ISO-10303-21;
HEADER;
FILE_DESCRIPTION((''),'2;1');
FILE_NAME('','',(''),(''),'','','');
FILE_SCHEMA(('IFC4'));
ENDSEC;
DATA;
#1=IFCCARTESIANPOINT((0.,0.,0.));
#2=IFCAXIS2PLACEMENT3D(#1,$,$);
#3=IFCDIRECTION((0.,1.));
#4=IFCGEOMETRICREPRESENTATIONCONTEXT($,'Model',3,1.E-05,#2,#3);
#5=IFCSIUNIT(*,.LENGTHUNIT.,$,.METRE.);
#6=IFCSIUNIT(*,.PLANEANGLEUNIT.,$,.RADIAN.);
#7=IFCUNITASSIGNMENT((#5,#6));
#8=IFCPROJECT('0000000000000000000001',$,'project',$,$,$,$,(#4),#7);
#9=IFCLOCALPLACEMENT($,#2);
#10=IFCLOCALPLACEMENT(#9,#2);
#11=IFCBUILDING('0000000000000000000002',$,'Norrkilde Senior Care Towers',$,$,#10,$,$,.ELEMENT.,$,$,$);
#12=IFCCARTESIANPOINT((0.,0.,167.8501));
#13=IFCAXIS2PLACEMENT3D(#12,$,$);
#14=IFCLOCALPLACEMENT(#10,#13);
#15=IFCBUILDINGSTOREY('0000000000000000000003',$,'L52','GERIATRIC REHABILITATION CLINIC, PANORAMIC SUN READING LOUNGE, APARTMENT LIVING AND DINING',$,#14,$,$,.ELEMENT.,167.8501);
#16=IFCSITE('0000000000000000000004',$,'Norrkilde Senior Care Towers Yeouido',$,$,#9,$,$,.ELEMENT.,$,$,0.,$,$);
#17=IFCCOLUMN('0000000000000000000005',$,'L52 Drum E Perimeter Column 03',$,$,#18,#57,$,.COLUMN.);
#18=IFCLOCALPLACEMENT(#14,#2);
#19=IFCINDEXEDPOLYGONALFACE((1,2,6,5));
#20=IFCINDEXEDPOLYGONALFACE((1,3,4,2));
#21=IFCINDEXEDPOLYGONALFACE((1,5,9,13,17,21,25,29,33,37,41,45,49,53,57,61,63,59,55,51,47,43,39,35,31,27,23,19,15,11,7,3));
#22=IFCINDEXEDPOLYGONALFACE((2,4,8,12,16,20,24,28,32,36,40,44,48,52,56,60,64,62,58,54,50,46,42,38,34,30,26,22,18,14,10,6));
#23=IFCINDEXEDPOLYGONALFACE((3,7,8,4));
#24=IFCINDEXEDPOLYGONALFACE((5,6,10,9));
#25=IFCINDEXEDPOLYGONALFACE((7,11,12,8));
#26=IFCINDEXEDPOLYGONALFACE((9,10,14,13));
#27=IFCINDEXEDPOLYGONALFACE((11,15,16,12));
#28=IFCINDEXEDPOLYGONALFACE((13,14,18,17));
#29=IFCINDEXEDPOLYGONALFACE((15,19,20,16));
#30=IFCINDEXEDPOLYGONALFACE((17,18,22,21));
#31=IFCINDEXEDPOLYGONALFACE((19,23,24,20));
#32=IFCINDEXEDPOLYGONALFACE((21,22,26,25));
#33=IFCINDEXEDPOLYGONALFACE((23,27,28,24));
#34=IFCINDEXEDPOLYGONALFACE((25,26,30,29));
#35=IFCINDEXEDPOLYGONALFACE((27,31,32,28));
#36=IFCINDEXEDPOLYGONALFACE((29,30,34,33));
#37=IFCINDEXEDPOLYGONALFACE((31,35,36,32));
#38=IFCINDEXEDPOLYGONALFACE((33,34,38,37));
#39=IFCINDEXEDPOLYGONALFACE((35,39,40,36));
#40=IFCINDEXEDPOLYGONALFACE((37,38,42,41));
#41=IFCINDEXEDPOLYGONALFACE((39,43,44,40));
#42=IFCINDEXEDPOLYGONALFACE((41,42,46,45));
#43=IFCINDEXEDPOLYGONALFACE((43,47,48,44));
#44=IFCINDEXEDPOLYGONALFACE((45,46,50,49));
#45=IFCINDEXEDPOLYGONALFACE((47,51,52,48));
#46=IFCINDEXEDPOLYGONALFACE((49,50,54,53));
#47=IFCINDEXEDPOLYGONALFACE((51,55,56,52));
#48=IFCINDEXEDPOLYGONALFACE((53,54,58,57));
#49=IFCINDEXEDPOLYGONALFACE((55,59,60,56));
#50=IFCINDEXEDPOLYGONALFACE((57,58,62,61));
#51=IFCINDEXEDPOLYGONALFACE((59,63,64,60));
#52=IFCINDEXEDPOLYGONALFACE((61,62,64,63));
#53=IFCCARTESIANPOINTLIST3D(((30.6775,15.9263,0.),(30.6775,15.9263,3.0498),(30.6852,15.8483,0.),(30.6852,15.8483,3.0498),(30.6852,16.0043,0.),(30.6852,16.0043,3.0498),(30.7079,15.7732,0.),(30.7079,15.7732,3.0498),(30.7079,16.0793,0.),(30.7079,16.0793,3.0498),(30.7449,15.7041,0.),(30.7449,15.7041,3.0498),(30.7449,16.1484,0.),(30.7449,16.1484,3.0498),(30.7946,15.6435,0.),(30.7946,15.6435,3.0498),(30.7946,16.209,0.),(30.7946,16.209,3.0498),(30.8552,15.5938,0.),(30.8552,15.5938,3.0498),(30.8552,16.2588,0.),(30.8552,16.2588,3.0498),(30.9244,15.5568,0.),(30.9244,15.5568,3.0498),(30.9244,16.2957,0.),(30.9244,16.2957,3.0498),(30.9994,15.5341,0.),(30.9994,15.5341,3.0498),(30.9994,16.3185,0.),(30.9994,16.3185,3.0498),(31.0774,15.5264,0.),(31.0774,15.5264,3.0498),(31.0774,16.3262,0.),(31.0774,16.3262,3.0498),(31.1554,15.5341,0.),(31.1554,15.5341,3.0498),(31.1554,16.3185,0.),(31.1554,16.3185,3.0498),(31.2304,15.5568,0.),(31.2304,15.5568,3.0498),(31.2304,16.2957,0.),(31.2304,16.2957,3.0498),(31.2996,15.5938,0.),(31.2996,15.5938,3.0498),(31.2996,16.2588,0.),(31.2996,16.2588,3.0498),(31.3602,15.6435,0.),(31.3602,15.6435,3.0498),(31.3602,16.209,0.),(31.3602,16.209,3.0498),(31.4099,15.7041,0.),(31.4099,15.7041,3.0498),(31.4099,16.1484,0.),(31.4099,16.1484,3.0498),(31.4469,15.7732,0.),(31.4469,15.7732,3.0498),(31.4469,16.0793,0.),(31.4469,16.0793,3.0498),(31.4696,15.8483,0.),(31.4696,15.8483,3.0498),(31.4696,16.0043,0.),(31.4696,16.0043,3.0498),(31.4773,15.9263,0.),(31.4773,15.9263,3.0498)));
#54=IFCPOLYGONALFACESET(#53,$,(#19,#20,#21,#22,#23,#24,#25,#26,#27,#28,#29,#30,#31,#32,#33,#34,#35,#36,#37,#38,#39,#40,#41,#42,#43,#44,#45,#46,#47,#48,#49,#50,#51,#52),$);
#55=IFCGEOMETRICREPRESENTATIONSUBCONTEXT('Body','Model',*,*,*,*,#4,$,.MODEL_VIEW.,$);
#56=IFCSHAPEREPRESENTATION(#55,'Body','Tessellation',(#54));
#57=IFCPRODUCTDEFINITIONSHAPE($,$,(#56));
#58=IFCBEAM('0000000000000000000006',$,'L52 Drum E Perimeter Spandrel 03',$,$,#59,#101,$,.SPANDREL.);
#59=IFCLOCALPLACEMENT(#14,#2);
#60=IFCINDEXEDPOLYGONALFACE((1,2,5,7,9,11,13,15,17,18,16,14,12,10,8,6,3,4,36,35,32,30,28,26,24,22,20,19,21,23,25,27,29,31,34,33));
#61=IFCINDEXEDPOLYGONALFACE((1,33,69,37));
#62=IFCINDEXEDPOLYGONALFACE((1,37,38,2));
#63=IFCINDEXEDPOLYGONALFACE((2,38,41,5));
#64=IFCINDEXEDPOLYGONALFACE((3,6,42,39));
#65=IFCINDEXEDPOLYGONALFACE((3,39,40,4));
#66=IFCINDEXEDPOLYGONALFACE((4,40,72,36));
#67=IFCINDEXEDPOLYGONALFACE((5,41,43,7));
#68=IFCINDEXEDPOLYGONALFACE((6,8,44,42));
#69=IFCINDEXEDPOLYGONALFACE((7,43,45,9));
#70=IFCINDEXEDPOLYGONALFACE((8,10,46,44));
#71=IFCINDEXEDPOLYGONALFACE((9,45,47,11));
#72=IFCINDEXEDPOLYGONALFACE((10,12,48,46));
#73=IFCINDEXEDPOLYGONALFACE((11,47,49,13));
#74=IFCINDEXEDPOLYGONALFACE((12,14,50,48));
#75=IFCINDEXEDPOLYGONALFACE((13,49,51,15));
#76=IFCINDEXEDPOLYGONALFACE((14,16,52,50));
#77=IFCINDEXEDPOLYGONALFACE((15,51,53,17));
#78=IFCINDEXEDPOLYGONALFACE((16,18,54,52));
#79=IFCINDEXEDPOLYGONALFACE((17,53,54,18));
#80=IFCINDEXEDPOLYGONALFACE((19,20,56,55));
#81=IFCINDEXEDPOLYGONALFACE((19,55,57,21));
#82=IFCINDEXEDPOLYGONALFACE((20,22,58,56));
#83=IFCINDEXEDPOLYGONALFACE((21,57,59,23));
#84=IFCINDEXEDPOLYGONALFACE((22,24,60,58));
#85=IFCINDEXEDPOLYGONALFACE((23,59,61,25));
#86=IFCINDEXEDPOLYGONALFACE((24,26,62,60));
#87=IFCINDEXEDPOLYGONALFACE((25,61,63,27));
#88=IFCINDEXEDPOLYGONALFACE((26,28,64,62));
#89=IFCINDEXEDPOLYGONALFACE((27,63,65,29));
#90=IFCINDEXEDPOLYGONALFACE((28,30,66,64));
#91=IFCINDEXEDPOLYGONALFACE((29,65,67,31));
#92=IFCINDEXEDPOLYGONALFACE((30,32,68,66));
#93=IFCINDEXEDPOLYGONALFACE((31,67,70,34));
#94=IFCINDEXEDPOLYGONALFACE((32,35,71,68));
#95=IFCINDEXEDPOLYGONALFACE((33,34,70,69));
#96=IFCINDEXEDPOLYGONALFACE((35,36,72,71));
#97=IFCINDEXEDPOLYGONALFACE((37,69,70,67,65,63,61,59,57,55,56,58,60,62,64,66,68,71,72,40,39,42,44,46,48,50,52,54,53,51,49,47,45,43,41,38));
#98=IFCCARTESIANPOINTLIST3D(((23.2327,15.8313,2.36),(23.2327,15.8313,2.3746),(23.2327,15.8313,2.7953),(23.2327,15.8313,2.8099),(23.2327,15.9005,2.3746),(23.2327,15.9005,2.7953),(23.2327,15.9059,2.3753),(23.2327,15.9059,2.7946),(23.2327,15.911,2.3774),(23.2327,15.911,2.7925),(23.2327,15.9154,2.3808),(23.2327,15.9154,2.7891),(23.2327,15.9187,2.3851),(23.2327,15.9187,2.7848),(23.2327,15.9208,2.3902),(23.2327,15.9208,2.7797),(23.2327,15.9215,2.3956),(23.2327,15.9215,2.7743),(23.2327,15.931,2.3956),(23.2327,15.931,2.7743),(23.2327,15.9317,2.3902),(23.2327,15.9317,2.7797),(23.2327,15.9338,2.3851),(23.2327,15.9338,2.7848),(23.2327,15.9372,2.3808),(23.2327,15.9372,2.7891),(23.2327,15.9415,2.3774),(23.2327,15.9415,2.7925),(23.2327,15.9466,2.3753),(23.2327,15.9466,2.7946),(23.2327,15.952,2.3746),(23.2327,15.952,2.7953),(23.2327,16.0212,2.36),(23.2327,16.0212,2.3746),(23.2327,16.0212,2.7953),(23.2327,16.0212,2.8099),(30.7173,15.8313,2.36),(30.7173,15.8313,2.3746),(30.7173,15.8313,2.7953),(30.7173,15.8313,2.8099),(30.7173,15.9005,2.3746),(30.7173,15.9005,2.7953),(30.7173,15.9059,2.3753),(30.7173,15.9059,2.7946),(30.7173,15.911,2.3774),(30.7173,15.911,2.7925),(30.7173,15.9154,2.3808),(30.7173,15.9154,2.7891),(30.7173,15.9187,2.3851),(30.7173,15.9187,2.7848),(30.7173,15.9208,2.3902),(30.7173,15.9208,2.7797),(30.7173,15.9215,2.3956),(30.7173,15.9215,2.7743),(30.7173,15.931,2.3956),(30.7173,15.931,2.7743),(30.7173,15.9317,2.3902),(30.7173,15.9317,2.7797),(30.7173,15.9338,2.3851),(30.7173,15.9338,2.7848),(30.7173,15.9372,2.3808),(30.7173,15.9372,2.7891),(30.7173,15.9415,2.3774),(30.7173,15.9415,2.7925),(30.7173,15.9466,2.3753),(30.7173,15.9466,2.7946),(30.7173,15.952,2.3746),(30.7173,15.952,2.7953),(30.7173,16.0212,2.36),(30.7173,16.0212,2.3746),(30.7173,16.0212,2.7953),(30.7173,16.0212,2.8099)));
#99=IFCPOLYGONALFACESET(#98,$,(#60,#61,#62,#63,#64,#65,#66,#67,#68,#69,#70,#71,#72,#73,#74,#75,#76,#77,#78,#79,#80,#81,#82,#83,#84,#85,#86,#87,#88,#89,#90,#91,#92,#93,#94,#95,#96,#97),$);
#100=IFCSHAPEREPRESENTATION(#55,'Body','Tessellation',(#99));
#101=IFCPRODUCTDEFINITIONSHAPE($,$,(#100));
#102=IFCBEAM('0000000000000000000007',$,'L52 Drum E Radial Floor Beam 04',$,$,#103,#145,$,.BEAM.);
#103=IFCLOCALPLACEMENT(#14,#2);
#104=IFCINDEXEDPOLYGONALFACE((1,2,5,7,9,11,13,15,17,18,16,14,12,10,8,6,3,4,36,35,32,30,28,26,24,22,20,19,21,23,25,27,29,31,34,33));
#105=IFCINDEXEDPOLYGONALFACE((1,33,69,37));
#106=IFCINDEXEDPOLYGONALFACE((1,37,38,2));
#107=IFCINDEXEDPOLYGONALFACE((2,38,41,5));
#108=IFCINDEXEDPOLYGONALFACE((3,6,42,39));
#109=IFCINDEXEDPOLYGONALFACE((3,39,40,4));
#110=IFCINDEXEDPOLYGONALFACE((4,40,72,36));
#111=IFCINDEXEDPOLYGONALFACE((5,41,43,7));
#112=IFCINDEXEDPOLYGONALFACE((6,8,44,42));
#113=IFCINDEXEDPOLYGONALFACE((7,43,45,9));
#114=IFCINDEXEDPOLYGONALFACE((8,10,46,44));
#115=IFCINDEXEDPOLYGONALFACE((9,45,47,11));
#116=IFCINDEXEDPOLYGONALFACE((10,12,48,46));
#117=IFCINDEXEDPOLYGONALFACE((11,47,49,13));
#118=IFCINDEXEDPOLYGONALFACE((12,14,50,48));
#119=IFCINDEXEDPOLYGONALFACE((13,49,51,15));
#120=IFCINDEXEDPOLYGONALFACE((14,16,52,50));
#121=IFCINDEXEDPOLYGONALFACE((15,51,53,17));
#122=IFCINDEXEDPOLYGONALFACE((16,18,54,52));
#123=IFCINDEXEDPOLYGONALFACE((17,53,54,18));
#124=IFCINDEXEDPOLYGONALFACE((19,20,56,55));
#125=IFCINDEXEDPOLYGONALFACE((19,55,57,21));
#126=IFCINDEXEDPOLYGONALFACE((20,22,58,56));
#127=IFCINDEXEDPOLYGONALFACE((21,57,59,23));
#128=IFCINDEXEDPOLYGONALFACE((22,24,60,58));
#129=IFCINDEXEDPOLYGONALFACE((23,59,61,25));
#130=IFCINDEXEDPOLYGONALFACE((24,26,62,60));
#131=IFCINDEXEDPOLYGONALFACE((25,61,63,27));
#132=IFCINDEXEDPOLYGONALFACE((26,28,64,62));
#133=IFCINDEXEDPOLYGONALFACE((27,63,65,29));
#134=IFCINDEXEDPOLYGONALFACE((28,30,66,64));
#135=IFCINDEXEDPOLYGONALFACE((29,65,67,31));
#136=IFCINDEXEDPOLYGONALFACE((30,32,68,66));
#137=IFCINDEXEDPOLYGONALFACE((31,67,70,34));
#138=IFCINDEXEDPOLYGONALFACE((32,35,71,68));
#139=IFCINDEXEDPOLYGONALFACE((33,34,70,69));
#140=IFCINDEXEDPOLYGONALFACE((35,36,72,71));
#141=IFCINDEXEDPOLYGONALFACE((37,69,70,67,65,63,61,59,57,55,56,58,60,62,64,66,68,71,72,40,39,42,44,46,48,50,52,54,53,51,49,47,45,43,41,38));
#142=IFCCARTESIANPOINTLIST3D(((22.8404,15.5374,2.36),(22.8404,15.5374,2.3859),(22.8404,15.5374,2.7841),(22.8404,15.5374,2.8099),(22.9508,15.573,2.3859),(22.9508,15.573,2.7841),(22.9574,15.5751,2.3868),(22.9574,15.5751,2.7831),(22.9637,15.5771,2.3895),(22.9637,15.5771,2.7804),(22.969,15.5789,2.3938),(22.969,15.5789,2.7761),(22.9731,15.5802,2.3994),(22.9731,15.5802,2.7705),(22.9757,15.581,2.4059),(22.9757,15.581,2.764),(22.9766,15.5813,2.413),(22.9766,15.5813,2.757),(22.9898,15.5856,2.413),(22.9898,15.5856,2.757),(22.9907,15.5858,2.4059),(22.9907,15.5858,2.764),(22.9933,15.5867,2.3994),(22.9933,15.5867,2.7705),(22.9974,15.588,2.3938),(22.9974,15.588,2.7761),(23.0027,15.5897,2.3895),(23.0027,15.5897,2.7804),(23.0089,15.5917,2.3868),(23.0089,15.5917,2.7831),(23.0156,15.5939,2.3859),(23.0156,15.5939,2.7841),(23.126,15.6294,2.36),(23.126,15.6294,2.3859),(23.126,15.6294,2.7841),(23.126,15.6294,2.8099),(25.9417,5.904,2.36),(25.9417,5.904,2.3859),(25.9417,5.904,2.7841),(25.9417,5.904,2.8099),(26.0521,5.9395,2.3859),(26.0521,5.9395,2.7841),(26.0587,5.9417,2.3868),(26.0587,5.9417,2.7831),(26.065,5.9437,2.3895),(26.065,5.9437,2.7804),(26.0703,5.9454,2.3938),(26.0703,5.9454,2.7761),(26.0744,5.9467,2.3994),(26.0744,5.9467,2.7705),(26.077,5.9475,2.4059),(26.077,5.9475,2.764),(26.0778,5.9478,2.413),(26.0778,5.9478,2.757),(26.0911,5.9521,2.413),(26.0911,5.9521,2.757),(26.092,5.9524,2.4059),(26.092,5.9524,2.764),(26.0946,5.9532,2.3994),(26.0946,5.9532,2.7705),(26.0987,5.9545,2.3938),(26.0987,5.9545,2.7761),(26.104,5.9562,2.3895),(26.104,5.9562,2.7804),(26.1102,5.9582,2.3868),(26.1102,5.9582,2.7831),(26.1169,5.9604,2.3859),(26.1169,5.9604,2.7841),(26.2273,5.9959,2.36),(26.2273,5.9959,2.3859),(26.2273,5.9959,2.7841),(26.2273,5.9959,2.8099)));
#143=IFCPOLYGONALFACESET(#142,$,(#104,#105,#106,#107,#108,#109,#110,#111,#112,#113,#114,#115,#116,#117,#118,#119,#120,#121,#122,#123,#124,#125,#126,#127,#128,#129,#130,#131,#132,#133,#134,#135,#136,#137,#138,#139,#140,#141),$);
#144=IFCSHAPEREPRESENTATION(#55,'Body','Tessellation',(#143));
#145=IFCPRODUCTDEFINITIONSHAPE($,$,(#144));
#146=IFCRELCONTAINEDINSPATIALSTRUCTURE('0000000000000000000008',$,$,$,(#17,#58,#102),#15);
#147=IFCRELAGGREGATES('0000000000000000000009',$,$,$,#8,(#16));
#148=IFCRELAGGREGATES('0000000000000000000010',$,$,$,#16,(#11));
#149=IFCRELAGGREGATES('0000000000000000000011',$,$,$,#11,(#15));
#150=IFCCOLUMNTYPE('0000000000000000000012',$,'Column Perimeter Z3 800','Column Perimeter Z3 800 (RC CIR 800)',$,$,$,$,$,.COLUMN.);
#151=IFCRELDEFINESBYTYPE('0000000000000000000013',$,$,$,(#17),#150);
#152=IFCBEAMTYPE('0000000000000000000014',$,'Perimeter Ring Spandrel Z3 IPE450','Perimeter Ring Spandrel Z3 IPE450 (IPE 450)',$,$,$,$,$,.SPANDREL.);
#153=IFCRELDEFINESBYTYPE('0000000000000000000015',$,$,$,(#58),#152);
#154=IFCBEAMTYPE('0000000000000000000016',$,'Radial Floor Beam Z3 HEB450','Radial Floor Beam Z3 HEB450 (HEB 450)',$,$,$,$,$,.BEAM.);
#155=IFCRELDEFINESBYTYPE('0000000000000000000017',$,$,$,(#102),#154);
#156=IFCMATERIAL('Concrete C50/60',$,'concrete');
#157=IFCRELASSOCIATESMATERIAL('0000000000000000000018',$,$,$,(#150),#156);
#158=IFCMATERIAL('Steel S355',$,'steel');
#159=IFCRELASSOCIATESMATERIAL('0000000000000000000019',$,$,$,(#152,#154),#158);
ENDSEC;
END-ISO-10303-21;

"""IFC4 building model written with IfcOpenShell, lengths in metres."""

from ifc_helpers import new_model, si_unit, direction, frame, origin, origin_2d, place, context, subcontext, project, spatial, circle, i_section, extrude, source, transform, mapped, material, material_profile, profile_set, type_object, type_shapes, element, save


model = new_model("IFC4")

# Units and contexts
model_context = context("Model", 3, precision=1e-05, world=origin(), true_north=direction((0.0, 1.0)))
body_context = subcontext(model_context, "Body", "Model", "MODEL_VIEW")
ifc_project = project(units=[si_unit("LENGTHUNIT", "METRE"), si_unit("PLANEANGLEUNIT", "RADIAN")], contexts=[model_context])

# Site, building, storey
site_placement = place(None, origin())
site = spatial("IfcSite", under=ifc_project, at=site_placement, Name="Norrkilde Senior Care Towers Yeouido", CompositionType="ELEMENT", RefElevation=0.0)
building_placement = place(site_placement, origin())
building = spatial("IfcBuilding", under=site, at=building_placement, Name="Norrkilde Senior Care Towers", CompositionType="ELEMENT")
storey_placement = place(building_placement, frame((0.0, 0.0, 167.8501)))
storey = spatial("IfcBuildingStorey", under=building, at=storey_placement, Name="L52", Description="GERIATRIC REHABILITATION CLINIC, PANORAMIC SUN READING LOUNGE, APARTMENT LIVING AND DINING", CompositionType="ELEMENT", Elevation=167.8501)

# Column
ifc_material_1 = material(Name="Concrete C50/60", Category="concrete")
ifc_material_profile_1 = material_profile(ifc_material_1, circle(Radius=0.3999, at=origin_2d()), Name="RC CIR 800")
ifc_profile_set_1 = profile_set([ifc_material_profile_1], Name="Concrete C50/60")
column_type = type_object("IfcColumnType", Name="Column Perimeter Z3 800", Description="Column Perimeter Z3 800 (RC CIR 800)", PredefinedType="COLUMN", material=ifc_profile_set_1)
shared_shape_1 = source(origin(), body_context, "Body", "SweptSolid", [
    extrude(circle(Radius=0.3999, at=origin_2d()), origin(), (0.0, 0.0, 1.0), 3.0498),
])
type_shapes(column_type, [shared_shape_1])
column_placement = place(storey_placement, frame((31.0774, 15.9263, 0.0), z_axis=(0.0, 0.0, 1.0), x_axis=(1.0, 0.0, 0.0)))
element("IfcColumn", 1, at=column_placement, inside=storey, type_object=column_type, Name="L52 Drum E Perimeter Column 03", PredefinedType="COLUMN", context=body_context, shape_type="MappedRepresentation", body=[
    mapped(shared_shape_1, transform((0.0, 0.0, 0.0), x_axis=(1.0, 0.0, 0.0), y_axis=(0.0, 1.0, 0.0), z_axis=(0.0, 0.0, 1.0), scale=1.0)),
])

# Beams
ifc_material_2 = material(Name="Steel S355", Category="steel")
ifc_material_profile_2 = material_profile(ifc_material_2, i_section(OverallWidth=0.1899, OverallDepth=0.45, WebThickness=0.0095, FlangeThickness=0.0146, FilletRadius=0.021, at=origin_2d()), Name="IPE 450")
ifc_profile_set_2 = profile_set([ifc_material_profile_2], Name="Steel S355")
beam_type_1 = type_object("IfcBeamType", Name="Perimeter Ring Spandrel Z3 IPE450", Description="Perimeter Ring Spandrel Z3 IPE450 (IPE 450)", PredefinedType="SPANDREL", material=ifc_profile_set_2)
shared_shape_2 = source(origin(), body_context, "Body", "SweptSolid", [
    extrude(i_section(OverallWidth=0.1899, OverallDepth=0.45, WebThickness=0.0095, FlangeThickness=0.0146, FilletRadius=0.021, at=origin_2d()), origin(), (0.0, 0.0, 1.0), 7.4846),
])
type_shapes(beam_type_1, [shared_shape_2])
beam_1_placement = place(storey_placement, frame((30.7173, 15.9263, 2.585), z_axis=(-1.0, 0.0, 0.0), x_axis=(0.0, -1.0, 0.0)))
element("IfcBeam", 2, at=beam_1_placement, inside=storey, type_object=beam_type_1, Name="L52 Drum E Perimeter Spandrel 03", PredefinedType="SPANDREL", context=body_context, shape_type="MappedRepresentation", body=[
    mapped(shared_shape_2, transform((0.0, 0.0, 0.0), x_axis=(1.0, 0.0, 0.0), y_axis=(0.0, 1.0, 0.0), z_axis=(0.0, 0.0, 1.0), scale=1.0)),
])
ifc_material_profile_3 = material_profile(ifc_material_2, i_section(OverallWidth=0.3, OverallDepth=0.45, WebThickness=0.0139, FlangeThickness=0.0259, FilletRadius=0.0271, at=origin_2d()), Name="HEB 450")
ifc_profile_set_3 = profile_set([ifc_material_profile_3], Name="Steel S355")
beam_type_2 = type_object("IfcBeamType", Name="Radial Floor Beam Z3 HEB450", Description="Radial Floor Beam Z3 HEB450 (HEB 450)", PredefinedType="BEAM", material=ifc_profile_set_3)
shared_shape_3 = source(origin(), body_context, "Body", "SweptSolid", [
    extrude(i_section(OverallWidth=0.3, OverallDepth=0.45, WebThickness=0.0139, FlangeThickness=0.0259, FilletRadius=0.0271, at=origin_2d()), origin(), (0.0, 0.0, 1.0), 10.1204),
])
beam_2_placement = place(storey_placement, frame((26.0845, 5.95, 2.585), z_axis=(-0.306441, 0.95189, 0.0), x_axis=(-0.95189, -0.306441, 0.0)))
element("IfcBeam", 3, at=beam_2_placement, inside=storey, type_object=beam_type_2, Name="L52 Drum E Radial Floor Beam 04", PredefinedType="BEAM", context=body_context, shape_type="MappedRepresentation", body=[
    mapped(shared_shape_3, transform((0.0, 0.0, 0.0), x_axis=(1.0, 0.0, 0.0), y_axis=(0.0, 1.0, 0.0), z_axis=(0.0, 0.0, 1.0), scale=1.0)),
])

save(model, "model.ifc")
